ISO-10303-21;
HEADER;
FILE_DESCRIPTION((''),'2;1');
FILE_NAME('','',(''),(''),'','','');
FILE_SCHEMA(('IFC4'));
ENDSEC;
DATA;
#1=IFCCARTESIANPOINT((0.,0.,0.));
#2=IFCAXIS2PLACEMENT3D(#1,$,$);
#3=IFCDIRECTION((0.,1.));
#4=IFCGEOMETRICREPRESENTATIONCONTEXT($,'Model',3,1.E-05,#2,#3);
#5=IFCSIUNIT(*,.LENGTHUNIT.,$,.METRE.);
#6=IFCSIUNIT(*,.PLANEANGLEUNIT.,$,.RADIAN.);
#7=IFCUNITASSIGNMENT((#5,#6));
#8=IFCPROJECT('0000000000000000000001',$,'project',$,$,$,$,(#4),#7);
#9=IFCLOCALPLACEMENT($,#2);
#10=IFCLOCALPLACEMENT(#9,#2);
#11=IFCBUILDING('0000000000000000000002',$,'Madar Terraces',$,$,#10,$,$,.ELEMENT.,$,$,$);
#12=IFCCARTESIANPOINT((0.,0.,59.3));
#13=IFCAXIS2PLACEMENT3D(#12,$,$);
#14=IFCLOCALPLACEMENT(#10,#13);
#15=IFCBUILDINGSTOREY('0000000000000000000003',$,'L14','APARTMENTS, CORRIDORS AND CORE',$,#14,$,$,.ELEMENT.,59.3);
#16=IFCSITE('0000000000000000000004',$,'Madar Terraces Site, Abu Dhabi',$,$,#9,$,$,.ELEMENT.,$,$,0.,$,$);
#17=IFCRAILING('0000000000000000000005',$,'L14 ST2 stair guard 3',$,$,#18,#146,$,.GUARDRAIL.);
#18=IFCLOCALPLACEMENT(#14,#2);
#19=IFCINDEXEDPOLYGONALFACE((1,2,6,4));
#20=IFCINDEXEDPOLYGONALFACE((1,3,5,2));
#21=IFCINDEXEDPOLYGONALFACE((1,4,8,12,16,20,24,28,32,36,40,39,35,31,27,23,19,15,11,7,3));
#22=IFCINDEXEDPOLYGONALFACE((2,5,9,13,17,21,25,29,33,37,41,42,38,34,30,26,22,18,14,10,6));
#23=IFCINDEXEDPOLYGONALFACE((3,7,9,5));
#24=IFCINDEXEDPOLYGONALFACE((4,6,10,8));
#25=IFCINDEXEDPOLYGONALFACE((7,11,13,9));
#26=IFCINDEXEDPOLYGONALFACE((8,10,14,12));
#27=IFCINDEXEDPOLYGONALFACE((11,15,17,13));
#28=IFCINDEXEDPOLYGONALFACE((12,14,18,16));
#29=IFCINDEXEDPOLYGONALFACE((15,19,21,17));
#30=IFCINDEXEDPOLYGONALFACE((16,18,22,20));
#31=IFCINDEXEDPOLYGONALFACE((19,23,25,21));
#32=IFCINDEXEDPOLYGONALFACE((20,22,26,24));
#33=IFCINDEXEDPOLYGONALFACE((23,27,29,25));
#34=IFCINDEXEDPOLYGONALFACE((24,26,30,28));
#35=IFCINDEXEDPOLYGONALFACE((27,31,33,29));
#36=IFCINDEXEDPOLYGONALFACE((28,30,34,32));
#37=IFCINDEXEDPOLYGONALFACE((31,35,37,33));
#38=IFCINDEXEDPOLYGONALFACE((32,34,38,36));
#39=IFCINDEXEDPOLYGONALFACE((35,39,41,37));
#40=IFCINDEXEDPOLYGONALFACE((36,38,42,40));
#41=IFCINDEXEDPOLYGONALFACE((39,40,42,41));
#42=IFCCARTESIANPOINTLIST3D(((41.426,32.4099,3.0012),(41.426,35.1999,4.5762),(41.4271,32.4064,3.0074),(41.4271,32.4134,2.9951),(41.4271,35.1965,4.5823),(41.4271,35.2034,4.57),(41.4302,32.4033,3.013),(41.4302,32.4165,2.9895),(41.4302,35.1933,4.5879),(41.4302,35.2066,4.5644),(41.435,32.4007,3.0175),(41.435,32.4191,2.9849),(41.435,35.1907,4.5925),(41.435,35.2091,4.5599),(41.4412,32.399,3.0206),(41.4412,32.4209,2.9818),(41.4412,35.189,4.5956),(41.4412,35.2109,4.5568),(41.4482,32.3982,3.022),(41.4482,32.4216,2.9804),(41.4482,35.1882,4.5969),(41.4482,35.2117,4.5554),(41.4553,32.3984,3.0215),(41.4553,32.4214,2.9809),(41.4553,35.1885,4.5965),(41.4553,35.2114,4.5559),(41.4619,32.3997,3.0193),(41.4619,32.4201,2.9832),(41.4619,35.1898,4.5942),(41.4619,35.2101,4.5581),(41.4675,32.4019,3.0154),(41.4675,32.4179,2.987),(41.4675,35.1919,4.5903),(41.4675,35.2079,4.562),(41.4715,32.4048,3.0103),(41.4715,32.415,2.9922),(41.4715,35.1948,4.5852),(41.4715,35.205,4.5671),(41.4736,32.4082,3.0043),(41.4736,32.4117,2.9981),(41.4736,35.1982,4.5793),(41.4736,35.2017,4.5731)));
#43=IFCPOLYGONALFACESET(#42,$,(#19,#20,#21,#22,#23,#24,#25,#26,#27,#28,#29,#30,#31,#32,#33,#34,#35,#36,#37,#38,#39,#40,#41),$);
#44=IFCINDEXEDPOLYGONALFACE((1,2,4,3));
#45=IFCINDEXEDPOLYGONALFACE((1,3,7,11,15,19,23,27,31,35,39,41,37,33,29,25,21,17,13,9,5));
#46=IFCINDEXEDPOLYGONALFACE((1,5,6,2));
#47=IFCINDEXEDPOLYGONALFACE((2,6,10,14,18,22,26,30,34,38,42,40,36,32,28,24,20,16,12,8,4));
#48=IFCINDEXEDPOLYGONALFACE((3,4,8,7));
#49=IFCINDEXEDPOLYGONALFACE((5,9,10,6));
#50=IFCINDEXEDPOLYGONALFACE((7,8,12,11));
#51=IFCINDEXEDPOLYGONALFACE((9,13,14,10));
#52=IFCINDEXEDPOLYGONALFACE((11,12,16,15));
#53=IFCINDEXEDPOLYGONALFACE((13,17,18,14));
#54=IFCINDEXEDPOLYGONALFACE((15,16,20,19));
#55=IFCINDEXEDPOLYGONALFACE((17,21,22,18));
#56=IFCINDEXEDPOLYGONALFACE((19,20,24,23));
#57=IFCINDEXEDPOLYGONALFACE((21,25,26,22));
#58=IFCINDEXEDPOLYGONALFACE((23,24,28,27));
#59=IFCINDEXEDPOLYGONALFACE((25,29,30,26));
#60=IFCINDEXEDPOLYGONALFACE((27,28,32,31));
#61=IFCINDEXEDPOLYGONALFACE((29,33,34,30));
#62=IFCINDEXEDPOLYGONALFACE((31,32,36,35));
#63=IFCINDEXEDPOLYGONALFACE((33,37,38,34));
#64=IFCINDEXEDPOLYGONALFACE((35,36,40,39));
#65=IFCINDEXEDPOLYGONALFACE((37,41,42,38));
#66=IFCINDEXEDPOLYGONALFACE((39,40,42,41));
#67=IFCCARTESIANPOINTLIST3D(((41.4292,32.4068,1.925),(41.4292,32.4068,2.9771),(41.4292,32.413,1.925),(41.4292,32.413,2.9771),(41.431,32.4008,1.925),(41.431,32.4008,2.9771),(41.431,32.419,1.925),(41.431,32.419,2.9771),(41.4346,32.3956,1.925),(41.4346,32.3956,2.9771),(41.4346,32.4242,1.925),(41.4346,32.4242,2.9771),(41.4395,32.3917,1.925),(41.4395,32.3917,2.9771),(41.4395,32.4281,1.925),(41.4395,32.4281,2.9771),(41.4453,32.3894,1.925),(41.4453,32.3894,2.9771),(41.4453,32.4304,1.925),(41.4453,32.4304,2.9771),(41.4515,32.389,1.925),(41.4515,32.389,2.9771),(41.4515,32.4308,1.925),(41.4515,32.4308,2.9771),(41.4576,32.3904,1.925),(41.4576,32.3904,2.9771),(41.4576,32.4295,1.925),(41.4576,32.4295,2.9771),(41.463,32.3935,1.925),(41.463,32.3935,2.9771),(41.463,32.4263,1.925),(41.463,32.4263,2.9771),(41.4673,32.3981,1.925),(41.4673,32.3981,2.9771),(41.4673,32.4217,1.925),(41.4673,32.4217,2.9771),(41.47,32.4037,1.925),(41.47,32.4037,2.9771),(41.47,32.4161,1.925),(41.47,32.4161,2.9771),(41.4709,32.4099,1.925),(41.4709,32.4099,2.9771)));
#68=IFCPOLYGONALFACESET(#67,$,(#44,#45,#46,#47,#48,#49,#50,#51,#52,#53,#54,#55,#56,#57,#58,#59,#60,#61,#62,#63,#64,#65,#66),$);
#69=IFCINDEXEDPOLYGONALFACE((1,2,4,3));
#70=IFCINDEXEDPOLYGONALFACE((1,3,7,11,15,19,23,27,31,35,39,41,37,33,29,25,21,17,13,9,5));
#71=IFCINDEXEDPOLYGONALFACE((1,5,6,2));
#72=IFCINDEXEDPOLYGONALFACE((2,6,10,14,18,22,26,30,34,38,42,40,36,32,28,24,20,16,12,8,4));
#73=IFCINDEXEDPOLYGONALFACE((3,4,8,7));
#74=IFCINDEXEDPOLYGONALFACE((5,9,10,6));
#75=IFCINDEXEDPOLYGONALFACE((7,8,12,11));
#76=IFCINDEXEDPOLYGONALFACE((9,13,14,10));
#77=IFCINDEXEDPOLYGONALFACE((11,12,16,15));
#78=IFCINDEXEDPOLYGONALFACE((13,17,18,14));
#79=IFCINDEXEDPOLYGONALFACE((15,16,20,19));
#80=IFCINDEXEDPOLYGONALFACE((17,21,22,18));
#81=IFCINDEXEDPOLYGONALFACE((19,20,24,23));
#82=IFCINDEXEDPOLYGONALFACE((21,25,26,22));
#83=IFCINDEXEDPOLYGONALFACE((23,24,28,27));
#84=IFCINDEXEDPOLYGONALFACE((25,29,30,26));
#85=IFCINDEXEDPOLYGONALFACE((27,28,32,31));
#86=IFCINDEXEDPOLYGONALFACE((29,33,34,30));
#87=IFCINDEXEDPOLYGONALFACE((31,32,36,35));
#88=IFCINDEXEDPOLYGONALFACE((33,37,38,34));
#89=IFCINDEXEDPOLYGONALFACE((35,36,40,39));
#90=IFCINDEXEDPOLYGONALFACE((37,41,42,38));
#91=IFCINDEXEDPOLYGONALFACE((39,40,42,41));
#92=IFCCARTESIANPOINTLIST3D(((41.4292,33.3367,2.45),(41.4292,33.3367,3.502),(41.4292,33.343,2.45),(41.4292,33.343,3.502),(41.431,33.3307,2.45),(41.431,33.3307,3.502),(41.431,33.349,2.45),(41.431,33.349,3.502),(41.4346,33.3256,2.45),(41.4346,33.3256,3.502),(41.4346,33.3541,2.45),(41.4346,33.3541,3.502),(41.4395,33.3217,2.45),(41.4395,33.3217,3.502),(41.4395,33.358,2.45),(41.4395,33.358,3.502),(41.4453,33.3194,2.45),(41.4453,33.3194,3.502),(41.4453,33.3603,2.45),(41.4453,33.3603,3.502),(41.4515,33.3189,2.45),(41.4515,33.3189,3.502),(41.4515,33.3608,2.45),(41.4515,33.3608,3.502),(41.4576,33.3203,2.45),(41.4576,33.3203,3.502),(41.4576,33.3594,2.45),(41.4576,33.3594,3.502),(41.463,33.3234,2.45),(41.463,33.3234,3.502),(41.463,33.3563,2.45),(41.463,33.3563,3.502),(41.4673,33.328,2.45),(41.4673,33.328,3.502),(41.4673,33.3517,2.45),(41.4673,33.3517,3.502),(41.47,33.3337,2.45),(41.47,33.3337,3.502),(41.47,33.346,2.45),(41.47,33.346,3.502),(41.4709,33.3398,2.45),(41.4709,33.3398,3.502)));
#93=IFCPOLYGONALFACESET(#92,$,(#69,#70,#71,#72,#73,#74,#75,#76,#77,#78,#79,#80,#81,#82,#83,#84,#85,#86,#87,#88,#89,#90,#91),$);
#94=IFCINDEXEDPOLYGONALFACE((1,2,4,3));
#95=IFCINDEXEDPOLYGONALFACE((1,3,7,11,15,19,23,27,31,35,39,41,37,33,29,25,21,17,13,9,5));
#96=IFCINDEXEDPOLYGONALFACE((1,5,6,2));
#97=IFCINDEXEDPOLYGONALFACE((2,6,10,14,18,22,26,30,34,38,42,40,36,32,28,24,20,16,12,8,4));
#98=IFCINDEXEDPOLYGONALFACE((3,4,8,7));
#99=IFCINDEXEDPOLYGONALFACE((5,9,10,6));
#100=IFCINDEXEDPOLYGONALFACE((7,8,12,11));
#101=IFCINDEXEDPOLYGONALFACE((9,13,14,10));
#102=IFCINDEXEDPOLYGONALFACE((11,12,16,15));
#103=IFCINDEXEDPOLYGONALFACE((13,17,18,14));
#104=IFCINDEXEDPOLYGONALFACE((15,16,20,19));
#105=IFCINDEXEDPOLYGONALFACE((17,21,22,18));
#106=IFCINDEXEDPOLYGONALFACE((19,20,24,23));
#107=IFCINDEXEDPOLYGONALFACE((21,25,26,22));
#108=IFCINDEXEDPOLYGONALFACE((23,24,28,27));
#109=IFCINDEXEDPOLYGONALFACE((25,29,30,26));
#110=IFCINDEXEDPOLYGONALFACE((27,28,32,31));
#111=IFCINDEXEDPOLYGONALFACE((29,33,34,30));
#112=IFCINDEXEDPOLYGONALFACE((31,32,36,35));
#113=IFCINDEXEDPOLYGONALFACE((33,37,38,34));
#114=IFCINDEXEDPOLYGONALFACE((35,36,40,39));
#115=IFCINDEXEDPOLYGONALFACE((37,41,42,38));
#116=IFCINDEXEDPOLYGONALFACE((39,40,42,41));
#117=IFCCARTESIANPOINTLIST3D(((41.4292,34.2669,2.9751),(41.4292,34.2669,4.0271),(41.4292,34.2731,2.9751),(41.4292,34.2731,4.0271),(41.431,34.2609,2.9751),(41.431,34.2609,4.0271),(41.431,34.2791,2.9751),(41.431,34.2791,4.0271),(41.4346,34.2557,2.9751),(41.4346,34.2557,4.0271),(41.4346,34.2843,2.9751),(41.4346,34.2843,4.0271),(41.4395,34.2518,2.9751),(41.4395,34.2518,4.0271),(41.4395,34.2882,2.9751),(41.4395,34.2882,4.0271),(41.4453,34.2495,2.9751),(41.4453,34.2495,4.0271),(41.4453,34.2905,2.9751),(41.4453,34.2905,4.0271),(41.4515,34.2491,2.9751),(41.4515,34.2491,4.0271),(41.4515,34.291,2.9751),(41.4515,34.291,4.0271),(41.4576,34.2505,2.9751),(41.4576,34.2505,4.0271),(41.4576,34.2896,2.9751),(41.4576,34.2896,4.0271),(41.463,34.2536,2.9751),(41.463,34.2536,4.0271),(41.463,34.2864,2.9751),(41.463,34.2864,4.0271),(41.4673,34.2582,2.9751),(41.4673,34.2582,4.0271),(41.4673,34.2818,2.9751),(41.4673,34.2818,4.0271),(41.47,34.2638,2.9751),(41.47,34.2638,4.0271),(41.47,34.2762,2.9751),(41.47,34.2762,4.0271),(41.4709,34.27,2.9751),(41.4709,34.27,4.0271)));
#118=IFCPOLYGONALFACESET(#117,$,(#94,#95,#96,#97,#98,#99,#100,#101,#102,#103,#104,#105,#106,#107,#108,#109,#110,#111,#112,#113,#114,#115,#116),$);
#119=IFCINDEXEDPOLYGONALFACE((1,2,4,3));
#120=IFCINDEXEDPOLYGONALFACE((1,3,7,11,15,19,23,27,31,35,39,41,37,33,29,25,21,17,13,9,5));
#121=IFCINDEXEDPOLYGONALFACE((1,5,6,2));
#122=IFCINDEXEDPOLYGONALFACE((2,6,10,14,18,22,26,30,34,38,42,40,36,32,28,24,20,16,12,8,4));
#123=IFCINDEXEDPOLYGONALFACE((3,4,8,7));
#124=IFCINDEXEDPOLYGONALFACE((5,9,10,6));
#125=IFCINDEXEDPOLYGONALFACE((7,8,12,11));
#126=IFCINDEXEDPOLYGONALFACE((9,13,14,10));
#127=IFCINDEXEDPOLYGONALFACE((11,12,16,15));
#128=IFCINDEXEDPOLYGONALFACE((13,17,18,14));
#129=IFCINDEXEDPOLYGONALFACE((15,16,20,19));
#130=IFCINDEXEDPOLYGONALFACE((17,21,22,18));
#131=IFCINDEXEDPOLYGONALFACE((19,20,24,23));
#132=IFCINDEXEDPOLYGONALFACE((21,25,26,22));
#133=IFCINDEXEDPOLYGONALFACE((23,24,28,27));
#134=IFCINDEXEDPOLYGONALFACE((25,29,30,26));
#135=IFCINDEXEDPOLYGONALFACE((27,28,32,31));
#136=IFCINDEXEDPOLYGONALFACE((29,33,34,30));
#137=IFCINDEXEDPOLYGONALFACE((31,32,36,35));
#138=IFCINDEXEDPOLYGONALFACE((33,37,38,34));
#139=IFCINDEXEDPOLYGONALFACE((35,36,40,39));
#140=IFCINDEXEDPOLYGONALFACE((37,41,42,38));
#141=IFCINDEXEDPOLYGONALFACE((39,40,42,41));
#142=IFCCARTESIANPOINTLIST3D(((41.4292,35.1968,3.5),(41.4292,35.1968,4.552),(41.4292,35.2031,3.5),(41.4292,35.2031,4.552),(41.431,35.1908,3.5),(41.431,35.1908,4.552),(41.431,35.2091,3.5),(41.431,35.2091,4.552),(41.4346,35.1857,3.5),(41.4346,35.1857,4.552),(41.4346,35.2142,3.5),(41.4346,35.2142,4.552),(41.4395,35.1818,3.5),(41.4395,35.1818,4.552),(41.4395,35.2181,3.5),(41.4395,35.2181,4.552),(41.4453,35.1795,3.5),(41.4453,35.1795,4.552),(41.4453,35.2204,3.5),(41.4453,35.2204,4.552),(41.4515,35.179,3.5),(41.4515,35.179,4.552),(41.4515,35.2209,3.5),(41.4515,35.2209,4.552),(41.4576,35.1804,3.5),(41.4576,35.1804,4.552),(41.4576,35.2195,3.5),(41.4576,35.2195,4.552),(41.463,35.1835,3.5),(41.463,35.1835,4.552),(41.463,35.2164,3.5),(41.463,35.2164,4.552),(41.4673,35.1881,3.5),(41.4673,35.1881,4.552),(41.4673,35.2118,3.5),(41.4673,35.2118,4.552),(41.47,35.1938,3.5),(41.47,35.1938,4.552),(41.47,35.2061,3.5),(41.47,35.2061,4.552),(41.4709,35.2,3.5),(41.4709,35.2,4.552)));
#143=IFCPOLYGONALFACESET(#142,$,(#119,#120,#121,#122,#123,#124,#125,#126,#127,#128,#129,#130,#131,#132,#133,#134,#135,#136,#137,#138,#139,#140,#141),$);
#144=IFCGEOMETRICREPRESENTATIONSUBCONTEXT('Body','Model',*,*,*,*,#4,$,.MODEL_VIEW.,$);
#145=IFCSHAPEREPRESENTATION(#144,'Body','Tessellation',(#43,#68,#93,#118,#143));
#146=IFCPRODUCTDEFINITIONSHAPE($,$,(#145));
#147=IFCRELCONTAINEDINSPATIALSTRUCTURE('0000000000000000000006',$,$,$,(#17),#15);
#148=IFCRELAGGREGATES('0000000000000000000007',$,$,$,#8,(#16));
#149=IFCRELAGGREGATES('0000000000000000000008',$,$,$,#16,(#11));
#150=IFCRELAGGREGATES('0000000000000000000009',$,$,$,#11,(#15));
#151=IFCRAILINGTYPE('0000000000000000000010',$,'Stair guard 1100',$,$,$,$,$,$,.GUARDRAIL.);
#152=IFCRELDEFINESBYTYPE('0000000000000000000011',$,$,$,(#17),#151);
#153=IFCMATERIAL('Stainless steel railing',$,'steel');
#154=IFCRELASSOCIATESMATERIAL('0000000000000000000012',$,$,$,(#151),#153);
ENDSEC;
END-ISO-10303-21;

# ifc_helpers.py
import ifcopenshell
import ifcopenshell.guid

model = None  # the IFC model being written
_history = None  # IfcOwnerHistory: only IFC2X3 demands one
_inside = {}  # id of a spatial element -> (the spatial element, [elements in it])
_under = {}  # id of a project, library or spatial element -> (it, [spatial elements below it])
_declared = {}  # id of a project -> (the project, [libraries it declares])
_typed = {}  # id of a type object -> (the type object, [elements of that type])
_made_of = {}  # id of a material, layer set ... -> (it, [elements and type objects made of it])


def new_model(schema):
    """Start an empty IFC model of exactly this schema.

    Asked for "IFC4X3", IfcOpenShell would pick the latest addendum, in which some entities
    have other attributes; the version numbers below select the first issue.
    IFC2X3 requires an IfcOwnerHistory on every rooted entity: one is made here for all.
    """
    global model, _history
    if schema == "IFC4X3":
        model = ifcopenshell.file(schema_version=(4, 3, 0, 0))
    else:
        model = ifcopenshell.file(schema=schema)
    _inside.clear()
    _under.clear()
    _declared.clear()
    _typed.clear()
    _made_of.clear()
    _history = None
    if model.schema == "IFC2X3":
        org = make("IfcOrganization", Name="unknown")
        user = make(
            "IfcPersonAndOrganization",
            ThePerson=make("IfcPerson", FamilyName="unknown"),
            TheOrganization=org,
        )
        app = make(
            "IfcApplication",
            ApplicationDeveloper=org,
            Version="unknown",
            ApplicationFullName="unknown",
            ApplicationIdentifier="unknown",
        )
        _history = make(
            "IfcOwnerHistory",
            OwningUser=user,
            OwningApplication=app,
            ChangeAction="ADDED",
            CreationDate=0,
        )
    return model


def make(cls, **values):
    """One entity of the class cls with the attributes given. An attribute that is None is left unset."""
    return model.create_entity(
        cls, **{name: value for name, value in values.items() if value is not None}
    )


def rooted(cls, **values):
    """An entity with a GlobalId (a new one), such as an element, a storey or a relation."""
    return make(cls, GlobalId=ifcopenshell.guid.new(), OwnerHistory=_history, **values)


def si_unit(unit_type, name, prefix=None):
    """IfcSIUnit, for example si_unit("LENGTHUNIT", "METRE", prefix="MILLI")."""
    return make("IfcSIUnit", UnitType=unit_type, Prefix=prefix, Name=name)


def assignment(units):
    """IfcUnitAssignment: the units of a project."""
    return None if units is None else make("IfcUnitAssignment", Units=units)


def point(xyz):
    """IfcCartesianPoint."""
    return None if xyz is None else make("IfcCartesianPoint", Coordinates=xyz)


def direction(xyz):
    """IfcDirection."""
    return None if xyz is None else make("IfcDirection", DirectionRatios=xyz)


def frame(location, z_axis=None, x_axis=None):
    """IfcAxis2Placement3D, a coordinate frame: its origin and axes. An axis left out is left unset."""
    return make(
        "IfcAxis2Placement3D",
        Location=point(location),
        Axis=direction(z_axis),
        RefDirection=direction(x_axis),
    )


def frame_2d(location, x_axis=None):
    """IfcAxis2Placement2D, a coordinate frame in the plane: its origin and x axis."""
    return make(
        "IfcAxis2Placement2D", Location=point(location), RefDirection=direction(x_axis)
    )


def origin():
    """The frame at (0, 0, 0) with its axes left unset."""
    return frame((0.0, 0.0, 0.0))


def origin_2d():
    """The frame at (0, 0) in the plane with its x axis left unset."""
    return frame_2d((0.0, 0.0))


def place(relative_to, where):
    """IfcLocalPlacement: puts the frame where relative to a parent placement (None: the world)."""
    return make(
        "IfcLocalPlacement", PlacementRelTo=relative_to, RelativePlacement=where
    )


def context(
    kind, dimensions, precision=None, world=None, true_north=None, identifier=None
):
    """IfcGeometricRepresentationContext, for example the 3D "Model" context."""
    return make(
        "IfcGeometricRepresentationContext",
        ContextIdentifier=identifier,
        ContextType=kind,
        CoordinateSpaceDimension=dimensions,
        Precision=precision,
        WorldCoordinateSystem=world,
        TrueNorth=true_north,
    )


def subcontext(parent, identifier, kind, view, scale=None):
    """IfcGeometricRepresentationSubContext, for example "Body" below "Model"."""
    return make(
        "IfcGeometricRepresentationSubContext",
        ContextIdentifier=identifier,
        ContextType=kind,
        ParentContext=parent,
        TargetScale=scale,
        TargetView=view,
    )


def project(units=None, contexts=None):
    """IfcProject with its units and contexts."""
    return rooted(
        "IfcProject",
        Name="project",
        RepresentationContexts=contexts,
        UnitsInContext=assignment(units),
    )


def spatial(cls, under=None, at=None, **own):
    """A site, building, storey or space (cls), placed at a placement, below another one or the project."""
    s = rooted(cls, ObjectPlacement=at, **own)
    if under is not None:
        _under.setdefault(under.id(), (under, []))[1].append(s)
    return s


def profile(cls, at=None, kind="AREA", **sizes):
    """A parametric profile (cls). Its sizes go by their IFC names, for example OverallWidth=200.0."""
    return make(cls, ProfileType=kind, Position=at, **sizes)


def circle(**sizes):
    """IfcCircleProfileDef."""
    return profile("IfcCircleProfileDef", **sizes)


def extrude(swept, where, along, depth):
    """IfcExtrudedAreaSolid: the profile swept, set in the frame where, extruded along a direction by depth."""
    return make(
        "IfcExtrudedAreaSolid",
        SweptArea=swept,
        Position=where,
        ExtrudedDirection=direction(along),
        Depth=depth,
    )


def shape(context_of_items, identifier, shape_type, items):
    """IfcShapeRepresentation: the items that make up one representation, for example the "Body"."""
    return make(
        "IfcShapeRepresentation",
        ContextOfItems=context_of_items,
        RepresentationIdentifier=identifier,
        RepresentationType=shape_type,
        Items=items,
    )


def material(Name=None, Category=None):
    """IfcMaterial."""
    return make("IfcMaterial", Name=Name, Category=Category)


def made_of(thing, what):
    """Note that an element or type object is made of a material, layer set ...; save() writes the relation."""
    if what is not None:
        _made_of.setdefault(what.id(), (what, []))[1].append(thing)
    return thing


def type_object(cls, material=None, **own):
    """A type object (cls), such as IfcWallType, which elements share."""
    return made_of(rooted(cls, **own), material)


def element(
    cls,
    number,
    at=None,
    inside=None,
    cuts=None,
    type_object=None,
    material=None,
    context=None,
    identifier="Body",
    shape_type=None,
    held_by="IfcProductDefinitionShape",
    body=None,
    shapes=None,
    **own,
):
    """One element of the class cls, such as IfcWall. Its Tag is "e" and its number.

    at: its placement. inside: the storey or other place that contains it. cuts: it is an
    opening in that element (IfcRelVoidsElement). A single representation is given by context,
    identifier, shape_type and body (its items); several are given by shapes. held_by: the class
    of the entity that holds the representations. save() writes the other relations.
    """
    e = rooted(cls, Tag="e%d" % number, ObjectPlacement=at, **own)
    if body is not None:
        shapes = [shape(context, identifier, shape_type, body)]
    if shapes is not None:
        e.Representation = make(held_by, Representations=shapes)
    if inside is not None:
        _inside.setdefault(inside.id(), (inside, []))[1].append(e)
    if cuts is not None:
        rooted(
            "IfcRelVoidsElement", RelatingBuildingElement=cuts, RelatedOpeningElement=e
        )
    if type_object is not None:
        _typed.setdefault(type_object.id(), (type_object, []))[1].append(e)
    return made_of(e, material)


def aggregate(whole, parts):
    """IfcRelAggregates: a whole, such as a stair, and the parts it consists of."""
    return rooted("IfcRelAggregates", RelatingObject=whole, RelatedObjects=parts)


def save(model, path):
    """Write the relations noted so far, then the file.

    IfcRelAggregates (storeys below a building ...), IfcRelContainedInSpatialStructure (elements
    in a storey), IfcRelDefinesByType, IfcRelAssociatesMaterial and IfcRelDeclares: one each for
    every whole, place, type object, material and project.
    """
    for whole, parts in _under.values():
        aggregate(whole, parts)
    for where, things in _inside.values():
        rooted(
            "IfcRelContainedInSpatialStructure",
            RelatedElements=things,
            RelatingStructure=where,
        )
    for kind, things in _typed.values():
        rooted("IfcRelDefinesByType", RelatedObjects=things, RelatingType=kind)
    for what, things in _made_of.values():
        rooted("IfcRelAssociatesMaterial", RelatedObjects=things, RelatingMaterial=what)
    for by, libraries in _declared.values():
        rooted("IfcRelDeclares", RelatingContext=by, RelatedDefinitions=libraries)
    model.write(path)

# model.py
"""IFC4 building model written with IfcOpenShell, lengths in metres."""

from ifc_helpers import new_model, si_unit, direction, frame, origin, origin_2d, place, context, subcontext, project, spatial, circle, extrude, material, type_object, element, save


model = new_model("IFC4")

# Units and contexts
model_context = context("Model", 3, precision=1e-05, world=origin(), true_north=direction((0.0, 1.0)))
body_context = subcontext(model_context, "Body", "Model", "MODEL_VIEW")
ifc_project = project(units=[si_unit("LENGTHUNIT", "METRE"), si_unit("PLANEANGLEUNIT", "RADIAN")], contexts=[model_context])

# Site, building, storey
site_placement = place(None, origin())
site = spatial("IfcSite", under=ifc_project, at=site_placement, Name="Madar Terraces Site, Abu Dhabi", CompositionType="ELEMENT", RefElevation=0.0)
building_placement = place(site_placement, origin())
building = spatial("IfcBuilding", under=site, at=building_placement, Name="Madar Terraces", CompositionType="ELEMENT")
storey_placement = place(building_placement, frame((0.0, 0.0, 59.3)))
storey = spatial("IfcBuildingStorey", under=building, at=storey_placement, Name="L14", Description="APARTMENTS, CORRIDORS AND CORE", CompositionType="ELEMENT", Elevation=59.3)

# Railing
ifc_material_1 = material(Name="Stainless steel railing", Category="steel")
railing_type_1 = type_object("IfcRailingType", Name="Stair guard 1100", PredefinedType="GUARDRAIL", material=ifc_material_1)
railing_1_placement = place(storey_placement, frame((41.45, 32.4099, 1.925)))
element("IfcRailing", 1, at=railing_1_placement, inside=storey, type_object=railing_type_1, Name="L14 ST2 stair guard 3", PredefinedType="GUARDRAIL", context=body_context, shape_type="SweptSolid", body=[
    extrude(circle(Radius=0.0239, at=origin_2d()), frame((0.0, 0.0, 1.0762), z_axis=(0.0, 0.870834, 0.491578), x_axis=(-1.0, 0.0, 0.0)), (0.0, 0.0, 1.0), 3.2039),
    extrude(circle(Radius=0.021, at=origin_2d()), origin(), (0.0, 0.0, 1.0), 1.052),
    extrude(circle(Radius=0.021, at=origin_2d()), frame((0.0, 0.9299, 0.5249)), (0.0, 0.0, 1.0), 1.052),
    extrude(circle(Radius=0.021, at=origin_2d()), frame((0.0, 1.8601, 1.05)), (0.0, 0.0, 1.0), 1.052),
    extrude(circle(Radius=0.021, at=origin_2d()), frame((0.0, 2.79, 1.575)), (0.0, 0.0, 1.0), 1.052),
])

save(model, "model.ifc")
